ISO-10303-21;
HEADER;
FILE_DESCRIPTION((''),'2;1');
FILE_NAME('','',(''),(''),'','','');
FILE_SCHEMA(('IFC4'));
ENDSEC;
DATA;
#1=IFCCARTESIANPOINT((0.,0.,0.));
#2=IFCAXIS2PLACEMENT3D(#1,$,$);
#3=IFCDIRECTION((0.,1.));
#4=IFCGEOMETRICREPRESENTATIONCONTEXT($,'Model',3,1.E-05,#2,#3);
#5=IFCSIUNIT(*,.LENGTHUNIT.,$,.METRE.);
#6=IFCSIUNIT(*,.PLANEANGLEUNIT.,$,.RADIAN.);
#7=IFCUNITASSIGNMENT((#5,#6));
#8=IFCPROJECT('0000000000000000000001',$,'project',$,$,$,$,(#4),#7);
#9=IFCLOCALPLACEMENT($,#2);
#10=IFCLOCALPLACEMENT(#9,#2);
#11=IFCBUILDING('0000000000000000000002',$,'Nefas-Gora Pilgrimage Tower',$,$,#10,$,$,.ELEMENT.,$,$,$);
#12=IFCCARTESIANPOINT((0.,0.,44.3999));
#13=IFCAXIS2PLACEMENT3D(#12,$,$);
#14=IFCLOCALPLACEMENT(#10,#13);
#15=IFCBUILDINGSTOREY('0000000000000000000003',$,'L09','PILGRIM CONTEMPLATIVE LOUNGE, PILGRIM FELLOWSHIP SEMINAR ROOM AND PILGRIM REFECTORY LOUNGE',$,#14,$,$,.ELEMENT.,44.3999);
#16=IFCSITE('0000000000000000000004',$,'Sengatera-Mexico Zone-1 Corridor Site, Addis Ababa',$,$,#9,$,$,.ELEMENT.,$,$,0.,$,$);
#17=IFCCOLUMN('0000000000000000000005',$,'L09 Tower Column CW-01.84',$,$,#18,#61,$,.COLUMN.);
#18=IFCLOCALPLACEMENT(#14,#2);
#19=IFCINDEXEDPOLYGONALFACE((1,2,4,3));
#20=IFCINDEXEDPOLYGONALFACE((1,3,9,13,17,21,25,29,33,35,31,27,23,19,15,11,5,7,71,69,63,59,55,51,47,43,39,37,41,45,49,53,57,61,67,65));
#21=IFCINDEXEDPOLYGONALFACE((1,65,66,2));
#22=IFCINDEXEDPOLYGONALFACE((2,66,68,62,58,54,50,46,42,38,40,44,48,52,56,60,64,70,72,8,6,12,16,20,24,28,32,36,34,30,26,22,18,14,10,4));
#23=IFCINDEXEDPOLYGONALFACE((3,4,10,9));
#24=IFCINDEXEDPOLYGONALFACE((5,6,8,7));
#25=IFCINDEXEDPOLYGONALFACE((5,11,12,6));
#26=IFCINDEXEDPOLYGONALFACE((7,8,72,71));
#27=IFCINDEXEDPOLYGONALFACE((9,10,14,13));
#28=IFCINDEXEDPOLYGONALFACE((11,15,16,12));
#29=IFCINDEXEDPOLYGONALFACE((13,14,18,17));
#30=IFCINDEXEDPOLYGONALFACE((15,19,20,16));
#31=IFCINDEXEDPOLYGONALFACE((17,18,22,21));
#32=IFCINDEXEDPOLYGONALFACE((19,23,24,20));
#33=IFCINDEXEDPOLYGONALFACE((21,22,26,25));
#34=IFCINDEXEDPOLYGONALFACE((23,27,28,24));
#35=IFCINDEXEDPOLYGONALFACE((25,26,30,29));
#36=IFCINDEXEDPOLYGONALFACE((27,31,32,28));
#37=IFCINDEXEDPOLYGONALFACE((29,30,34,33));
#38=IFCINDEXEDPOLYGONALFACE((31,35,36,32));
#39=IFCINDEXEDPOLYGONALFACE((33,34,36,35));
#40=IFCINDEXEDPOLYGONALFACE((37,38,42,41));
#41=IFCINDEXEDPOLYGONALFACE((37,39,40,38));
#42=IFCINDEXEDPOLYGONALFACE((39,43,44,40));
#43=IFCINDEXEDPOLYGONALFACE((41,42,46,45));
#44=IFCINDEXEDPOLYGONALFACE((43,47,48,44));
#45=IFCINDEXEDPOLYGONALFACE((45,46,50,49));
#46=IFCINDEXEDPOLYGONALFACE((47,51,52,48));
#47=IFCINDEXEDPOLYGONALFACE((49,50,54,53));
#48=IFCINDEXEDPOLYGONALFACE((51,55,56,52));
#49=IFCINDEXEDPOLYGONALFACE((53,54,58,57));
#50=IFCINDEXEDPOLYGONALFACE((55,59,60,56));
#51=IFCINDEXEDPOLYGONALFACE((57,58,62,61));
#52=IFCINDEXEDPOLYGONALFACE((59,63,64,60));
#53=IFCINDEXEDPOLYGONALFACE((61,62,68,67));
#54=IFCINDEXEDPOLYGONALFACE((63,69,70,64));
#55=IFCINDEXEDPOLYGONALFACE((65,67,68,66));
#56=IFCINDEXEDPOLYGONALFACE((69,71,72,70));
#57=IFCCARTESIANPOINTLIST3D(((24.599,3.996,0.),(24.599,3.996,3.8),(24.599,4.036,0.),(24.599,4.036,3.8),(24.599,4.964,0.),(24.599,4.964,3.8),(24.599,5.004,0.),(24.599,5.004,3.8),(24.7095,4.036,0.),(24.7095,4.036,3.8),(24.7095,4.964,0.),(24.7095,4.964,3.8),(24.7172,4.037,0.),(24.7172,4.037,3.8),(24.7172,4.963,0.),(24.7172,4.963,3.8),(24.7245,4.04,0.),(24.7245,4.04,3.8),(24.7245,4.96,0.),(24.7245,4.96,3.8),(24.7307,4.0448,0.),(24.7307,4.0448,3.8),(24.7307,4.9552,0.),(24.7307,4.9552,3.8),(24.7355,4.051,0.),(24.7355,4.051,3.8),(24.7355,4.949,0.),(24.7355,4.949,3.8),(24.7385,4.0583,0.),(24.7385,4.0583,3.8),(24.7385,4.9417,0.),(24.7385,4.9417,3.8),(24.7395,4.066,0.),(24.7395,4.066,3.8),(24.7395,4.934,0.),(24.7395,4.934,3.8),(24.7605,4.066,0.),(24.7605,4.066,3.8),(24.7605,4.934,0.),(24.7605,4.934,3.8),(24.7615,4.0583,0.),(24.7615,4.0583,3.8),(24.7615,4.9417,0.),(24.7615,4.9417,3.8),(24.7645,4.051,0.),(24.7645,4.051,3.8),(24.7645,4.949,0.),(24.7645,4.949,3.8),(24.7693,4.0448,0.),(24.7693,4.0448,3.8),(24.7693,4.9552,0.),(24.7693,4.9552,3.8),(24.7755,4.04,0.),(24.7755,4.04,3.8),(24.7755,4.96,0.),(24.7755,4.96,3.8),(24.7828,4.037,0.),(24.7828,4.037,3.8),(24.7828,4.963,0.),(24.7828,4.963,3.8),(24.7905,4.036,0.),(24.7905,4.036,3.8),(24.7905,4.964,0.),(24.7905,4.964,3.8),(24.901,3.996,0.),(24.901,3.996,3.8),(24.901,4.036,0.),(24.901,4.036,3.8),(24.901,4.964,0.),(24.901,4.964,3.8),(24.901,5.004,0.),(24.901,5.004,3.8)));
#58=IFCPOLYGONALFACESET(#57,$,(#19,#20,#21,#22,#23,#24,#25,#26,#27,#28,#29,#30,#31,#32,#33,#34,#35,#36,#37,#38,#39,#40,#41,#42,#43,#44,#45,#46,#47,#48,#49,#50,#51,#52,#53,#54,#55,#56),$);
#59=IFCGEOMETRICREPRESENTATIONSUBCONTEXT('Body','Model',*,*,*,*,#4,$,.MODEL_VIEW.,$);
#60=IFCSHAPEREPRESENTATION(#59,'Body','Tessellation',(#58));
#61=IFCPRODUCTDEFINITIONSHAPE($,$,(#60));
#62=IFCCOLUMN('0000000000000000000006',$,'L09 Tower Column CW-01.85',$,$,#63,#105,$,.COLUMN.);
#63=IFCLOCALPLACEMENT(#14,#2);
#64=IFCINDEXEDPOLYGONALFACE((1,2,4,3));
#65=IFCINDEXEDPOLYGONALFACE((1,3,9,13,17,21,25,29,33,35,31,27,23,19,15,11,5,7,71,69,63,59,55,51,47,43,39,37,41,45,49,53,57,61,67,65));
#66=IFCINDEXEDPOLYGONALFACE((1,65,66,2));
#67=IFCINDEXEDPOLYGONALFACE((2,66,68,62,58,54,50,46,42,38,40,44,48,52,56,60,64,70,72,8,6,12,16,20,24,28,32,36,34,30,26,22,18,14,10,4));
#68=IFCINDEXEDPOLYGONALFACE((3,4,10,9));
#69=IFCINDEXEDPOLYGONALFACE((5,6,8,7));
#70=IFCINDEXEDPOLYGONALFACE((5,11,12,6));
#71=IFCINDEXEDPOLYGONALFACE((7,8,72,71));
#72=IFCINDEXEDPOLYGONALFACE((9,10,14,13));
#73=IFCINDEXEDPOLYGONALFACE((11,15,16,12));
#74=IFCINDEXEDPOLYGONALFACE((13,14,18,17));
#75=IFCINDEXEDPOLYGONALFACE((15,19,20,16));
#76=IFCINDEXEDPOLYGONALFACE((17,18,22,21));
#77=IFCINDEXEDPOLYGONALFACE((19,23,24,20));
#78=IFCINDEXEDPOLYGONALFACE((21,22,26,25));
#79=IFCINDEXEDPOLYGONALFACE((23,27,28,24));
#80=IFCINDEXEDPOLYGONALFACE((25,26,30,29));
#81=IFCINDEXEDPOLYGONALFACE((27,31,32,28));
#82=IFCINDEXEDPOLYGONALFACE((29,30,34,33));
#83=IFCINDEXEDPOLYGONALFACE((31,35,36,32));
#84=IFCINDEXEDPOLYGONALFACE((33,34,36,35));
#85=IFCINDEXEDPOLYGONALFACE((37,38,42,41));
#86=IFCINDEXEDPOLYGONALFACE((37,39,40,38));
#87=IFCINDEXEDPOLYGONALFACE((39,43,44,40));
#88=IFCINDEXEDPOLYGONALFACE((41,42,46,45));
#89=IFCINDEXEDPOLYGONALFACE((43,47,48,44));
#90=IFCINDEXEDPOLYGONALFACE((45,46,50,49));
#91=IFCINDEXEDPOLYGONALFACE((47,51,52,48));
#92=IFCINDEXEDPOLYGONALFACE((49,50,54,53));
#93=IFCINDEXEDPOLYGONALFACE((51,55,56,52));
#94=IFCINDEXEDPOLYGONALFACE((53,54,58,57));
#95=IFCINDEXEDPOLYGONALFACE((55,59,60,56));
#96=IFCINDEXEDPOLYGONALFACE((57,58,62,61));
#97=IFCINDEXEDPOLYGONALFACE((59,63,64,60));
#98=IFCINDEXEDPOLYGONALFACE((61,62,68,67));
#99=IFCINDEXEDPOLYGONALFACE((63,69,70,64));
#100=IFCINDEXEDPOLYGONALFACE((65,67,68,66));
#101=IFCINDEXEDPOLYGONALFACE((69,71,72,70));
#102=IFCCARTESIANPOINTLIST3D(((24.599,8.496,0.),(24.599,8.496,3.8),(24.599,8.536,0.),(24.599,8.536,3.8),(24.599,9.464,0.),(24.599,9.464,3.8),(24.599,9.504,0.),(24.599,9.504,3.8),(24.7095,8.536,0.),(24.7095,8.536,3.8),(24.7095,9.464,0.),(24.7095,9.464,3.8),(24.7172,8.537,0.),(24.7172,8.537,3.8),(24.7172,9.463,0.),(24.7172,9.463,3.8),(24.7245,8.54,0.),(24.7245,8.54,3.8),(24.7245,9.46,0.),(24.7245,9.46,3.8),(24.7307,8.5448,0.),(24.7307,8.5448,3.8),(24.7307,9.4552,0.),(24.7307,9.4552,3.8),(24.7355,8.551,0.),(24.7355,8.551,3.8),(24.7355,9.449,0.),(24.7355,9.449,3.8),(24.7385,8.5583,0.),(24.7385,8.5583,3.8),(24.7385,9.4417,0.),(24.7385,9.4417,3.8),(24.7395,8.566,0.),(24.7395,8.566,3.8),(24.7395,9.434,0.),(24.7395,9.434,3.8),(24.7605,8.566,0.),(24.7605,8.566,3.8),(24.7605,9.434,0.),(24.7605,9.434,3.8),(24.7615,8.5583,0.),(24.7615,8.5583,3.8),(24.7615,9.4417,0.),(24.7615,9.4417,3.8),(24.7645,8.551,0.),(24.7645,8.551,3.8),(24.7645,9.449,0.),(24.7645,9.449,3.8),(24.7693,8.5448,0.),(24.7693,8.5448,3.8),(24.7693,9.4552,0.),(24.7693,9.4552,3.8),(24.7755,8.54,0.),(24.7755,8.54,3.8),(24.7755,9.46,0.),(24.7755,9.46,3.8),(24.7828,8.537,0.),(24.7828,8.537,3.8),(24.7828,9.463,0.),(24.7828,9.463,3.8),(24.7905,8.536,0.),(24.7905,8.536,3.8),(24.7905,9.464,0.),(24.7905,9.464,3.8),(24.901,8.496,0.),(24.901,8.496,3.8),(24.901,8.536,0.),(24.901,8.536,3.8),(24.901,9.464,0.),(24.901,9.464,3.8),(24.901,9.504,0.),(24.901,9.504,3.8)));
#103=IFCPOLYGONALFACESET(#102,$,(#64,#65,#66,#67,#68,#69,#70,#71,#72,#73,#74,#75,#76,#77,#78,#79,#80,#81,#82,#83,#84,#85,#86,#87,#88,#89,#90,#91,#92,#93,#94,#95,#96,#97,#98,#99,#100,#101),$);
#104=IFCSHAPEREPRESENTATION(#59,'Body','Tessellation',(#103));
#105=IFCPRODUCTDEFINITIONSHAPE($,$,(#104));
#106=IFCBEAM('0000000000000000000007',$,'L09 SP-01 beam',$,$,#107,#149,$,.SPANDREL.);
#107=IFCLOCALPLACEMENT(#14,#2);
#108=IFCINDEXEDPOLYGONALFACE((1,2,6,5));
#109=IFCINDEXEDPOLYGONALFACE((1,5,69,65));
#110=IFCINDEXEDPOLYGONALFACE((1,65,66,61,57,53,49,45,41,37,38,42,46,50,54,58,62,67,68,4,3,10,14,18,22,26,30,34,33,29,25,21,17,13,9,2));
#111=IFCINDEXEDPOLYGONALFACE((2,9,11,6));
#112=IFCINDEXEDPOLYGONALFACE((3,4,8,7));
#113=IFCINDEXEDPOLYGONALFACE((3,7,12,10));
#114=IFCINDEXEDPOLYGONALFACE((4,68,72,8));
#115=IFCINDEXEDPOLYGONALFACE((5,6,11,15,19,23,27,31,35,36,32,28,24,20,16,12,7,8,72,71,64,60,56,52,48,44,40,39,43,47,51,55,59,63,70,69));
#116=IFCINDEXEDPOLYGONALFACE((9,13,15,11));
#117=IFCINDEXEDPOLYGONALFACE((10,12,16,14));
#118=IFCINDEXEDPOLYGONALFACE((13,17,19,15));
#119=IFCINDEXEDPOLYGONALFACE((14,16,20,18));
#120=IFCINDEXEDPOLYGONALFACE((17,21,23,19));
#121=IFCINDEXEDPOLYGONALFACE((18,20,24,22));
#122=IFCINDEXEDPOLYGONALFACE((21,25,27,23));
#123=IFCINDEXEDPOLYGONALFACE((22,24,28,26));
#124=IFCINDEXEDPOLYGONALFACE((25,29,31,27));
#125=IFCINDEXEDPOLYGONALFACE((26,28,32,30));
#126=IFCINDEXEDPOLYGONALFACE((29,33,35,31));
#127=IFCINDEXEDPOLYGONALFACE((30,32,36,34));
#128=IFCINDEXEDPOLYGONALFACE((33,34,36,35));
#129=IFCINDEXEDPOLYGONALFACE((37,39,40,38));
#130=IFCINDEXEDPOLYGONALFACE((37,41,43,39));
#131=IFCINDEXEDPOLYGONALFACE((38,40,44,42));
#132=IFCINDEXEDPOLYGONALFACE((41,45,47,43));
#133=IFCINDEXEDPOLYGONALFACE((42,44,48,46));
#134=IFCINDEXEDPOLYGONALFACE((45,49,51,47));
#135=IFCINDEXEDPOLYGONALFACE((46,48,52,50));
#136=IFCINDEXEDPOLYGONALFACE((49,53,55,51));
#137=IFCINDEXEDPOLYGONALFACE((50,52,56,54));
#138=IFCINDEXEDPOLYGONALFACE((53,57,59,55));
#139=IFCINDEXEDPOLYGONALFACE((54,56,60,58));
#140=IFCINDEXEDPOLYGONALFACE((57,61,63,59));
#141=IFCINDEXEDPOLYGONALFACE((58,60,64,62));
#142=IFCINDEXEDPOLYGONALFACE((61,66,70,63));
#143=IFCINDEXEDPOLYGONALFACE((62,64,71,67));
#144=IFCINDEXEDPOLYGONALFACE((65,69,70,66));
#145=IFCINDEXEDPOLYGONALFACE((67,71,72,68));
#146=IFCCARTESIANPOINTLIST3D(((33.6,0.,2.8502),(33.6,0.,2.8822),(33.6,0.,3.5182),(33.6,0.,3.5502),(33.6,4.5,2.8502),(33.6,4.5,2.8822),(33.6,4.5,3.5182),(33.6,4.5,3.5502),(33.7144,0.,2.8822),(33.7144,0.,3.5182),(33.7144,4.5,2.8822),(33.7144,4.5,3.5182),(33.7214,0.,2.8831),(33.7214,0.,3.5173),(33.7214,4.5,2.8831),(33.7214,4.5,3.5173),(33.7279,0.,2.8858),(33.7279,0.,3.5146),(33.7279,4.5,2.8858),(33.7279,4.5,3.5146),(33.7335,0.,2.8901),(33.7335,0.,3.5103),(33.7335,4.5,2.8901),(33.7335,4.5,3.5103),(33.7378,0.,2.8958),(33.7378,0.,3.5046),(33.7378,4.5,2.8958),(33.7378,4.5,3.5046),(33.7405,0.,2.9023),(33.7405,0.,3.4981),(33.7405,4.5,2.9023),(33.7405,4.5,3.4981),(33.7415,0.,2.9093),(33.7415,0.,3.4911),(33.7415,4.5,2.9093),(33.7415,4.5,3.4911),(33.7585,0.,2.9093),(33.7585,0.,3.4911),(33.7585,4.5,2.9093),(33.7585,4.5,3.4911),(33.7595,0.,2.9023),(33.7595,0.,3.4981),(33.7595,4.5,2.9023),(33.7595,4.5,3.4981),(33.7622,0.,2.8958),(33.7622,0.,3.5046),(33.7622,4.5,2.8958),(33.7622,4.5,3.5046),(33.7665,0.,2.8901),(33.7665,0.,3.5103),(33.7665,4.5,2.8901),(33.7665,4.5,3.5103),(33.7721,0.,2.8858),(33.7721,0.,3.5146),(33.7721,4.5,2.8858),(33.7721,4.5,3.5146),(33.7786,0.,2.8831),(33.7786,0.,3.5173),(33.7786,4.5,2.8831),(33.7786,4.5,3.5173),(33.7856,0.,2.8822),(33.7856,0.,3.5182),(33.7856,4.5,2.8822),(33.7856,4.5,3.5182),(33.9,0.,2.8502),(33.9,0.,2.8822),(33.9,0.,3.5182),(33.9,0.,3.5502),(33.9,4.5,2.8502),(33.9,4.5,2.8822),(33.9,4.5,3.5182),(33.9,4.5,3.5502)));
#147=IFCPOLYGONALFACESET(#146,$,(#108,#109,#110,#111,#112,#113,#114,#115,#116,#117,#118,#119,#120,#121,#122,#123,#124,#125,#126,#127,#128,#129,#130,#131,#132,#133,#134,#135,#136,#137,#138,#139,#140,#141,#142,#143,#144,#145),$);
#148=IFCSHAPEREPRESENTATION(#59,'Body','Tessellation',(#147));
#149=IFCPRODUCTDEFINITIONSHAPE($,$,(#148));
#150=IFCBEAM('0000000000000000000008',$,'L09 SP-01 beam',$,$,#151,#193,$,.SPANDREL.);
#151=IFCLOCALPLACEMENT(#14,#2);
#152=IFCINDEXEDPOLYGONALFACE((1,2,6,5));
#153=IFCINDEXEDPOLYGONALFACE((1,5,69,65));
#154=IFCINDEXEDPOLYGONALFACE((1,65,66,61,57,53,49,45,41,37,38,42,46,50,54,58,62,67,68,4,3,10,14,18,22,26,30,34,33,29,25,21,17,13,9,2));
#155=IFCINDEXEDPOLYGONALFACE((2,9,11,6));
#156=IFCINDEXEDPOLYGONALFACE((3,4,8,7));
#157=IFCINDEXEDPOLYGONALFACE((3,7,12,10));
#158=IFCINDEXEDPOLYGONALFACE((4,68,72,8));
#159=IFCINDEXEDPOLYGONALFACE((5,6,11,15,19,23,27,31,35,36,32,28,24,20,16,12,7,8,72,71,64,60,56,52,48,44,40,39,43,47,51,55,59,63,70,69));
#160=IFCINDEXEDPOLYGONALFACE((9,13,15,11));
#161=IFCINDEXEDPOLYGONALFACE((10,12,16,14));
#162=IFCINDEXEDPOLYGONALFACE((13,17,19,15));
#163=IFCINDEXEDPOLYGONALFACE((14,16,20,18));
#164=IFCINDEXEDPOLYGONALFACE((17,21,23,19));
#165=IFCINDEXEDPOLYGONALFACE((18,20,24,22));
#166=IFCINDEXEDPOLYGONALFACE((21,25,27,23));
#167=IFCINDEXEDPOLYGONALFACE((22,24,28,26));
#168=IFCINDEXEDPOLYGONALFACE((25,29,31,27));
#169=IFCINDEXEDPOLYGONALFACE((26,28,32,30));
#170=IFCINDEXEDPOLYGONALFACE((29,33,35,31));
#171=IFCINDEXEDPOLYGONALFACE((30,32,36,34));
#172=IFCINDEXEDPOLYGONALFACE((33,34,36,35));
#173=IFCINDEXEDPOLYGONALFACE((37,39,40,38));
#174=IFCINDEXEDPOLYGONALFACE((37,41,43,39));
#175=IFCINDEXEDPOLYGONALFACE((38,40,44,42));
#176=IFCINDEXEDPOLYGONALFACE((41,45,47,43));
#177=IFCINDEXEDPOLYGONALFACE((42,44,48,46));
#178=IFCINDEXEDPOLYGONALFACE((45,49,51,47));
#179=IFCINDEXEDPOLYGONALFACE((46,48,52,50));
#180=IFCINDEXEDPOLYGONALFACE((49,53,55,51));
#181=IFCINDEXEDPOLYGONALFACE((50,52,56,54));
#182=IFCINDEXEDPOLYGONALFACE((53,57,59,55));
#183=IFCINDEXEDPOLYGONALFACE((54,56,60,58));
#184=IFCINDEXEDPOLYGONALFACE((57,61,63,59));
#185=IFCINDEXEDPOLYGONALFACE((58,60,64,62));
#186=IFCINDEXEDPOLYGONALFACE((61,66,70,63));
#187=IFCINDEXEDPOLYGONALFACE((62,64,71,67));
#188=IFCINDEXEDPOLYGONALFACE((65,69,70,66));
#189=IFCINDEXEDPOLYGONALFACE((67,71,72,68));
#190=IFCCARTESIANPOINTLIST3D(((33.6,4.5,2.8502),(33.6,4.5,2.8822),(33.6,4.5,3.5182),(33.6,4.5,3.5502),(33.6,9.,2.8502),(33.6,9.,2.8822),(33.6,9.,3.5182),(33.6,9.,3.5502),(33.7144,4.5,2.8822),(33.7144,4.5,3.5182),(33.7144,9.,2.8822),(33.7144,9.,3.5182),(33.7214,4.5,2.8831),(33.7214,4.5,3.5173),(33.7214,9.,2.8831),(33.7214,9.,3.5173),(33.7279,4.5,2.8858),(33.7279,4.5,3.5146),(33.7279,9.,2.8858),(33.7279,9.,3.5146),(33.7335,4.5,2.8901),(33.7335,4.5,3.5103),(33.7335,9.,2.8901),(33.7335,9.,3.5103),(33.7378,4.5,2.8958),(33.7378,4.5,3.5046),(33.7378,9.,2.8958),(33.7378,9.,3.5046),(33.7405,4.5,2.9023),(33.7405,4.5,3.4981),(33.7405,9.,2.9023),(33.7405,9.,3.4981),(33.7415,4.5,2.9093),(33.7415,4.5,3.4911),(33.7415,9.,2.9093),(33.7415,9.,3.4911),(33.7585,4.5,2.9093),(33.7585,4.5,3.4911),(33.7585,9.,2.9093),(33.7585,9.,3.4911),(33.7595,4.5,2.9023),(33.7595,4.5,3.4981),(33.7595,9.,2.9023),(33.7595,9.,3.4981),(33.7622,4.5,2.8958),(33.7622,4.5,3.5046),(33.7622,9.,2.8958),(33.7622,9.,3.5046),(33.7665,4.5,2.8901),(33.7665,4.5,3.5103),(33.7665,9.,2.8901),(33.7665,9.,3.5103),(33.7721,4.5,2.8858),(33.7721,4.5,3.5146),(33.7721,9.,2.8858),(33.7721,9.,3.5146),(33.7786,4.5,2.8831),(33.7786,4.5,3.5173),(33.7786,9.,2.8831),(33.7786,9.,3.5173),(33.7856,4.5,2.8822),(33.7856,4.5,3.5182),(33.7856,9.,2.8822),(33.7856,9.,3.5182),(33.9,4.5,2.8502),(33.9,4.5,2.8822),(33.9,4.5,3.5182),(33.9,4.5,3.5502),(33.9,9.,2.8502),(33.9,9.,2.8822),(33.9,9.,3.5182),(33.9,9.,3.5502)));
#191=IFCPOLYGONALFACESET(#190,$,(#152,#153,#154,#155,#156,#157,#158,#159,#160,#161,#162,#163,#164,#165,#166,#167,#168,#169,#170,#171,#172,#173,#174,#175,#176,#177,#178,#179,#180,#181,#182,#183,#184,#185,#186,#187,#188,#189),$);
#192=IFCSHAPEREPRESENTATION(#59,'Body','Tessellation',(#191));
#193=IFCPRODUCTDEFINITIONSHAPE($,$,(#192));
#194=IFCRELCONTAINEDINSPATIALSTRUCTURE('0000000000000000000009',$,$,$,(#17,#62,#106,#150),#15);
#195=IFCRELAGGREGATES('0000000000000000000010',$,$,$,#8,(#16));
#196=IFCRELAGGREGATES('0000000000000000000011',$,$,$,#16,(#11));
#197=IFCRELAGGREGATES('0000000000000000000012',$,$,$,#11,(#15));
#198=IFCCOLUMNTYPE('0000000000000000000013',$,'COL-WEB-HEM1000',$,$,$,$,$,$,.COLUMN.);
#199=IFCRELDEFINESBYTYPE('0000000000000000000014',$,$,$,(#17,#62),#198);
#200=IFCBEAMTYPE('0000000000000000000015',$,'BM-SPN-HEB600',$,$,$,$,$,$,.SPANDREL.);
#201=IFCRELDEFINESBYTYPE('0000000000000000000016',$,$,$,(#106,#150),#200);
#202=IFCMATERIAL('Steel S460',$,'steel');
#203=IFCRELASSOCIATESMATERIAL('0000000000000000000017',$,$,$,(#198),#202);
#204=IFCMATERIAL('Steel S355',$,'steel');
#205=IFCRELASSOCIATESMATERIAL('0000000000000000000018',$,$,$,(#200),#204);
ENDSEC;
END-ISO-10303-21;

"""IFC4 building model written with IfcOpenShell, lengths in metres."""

from ifc_helpers import new_model, si_unit, direction, frame, origin, origin_2d, place, context, subcontext, project, spatial, i_section, extrude, source, transform, mapped, material, material_profile, profile_set, type_object, element, save


model = new_model("IFC4")

# Units and contexts
model_context = context("Model", 3, precision=1e-05, world=origin(), true_north=direction((0.0, 1.0)))
body_context = subcontext(model_context, "Body", "Model", "MODEL_VIEW")
ifc_project = project(units=[si_unit("LENGTHUNIT", "METRE"), si_unit("PLANEANGLEUNIT", "RADIAN")], contexts=[model_context])

# Site, building, storey
site_placement = place(None, origin())
site = spatial("IfcSite", under=ifc_project, at=site_placement, Name="Sengatera-Mexico Zone-1 Corridor Site, Addis Ababa", CompositionType="ELEMENT", RefElevation=0.0)
building_placement = place(site_placement, origin())
building = spatial("IfcBuilding", under=site, at=building_placement, Name="Nefas-Gora Pilgrimage Tower", CompositionType="ELEMENT")
storey_placement = place(building_placement, frame((0.0, 0.0, 44.3999)))
storey = spatial("IfcBuildingStorey", under=building, at=storey_placement, Name="L09", Description="PILGRIM CONTEMPLATIVE LOUNGE, PILGRIM FELLOWSHIP SEMINAR ROOM AND PILGRIM REFECTORY LOUNGE", CompositionType="ELEMENT", Elevation=44.3999)

# Columns
ifc_material_1 = material(Name="Steel S460", Category="steel")
ifc_material_profile_1 = material_profile(ifc_material_1, i_section(OverallWidth=0.302, OverallDepth=1.0081, WebThickness=0.021, FlangeThickness=0.04, FilletRadius=0.03, at=origin_2d()), Name="HEM 1000")
ifc_profile_set_1 = profile_set([ifc_material_profile_1], Name="Steel S460")
column_type_1 = type_object("IfcColumnType", Name="COL-WEB-HEM1000", PredefinedType="COLUMN", material=ifc_profile_set_1)
shared_shape_1 = source(origin(), body_context, "Body", "SweptSolid", [
    extrude(i_section(OverallWidth=0.302, OverallDepth=1.0081, WebThickness=0.021, FlangeThickness=0.04, FilletRadius=0.03, at=origin_2d()), origin(), (0.0, 0.0, 1.0), 3.8),
])
for number, where, z_axis, x_axis, name in (
    (1, (24.75, 4.5, 0.0), (0.0, 0.0, 1.0), (1.0, 0.0, 0.0), "L09 Tower Column CW-01.84"),
    (2, (24.75, 9.0, 0.0), (0.0, 0.0, 1.0), (1.0, 0.0, 0.0), "L09 Tower Column CW-01.85"),
):
    element("IfcColumn", number, at=place(storey_placement, frame(where, z_axis=z_axis, x_axis=x_axis)), inside=storey, type_object=column_type_1, Name=name, PredefinedType="COLUMN", context=body_context, shape_type="MappedRepresentation", body=[
        mapped(shared_shape_1, transform((0.0, 0.0, 0.0), x_axis=(1.0, 0.0, 0.0), y_axis=(0.0, 1.0, 0.0), z_axis=(0.0, 0.0, 1.0), scale=1.0)),
    ])

# Beams
ifc_material_2 = material(Name="Steel S355", Category="steel")
ifc_material_profile_2 = material_profile(ifc_material_2, i_section(OverallWidth=0.3, OverallDepth=0.7, WebThickness=0.0171, FlangeThickness=0.032, FilletRadius=0.0271, at=origin_2d()), Name="HEB 700")
ifc_profile_set_2 = profile_set([ifc_material_profile_2], Name="Steel S355")
beam_type_1 = type_object("IfcBeamType", Name="BM-SPN-HEB600", PredefinedType="SPANDREL", material=ifc_profile_set_2)
shared_shape_2 = source(origin(), body_context, "Body", "SweptSolid", [
    extrude(i_section(OverallWidth=0.3, OverallDepth=0.7, WebThickness=0.0171, FlangeThickness=0.032, FilletRadius=0.0271, at=origin_2d()), origin(), (0.0, 0.0, 1.0), 4.5),
])
for number, where, z_axis, x_axis, name in (
    (3, (33.75, 0.0, 3.2002), (0.0, 1.0, 0.0), (-1.0, 0.0, 0.0), "L09 SP-01 beam"),
    (4, (33.75, 4.5, 3.2002), (0.0, 1.0, 0.0), (-1.0, 0.0, 0.0), "L09 SP-01 beam"),
):
    element("IfcBeam", number, at=place(storey_placement, frame(where, z_axis=z_axis, x_axis=x_axis)), inside=storey, type_object=beam_type_1, Name=name, PredefinedType="SPANDREL", context=body_context, shape_type="MappedRepresentation", body=[
        mapped(shared_shape_2, transform((0.0, 0.0, 0.0), x_axis=(1.0, 0.0, 0.0), y_axis=(0.0, 1.0, 0.0), z_axis=(0.0, 0.0, 1.0), scale=1.0)),
    ])

save(model, "model.ifc")
